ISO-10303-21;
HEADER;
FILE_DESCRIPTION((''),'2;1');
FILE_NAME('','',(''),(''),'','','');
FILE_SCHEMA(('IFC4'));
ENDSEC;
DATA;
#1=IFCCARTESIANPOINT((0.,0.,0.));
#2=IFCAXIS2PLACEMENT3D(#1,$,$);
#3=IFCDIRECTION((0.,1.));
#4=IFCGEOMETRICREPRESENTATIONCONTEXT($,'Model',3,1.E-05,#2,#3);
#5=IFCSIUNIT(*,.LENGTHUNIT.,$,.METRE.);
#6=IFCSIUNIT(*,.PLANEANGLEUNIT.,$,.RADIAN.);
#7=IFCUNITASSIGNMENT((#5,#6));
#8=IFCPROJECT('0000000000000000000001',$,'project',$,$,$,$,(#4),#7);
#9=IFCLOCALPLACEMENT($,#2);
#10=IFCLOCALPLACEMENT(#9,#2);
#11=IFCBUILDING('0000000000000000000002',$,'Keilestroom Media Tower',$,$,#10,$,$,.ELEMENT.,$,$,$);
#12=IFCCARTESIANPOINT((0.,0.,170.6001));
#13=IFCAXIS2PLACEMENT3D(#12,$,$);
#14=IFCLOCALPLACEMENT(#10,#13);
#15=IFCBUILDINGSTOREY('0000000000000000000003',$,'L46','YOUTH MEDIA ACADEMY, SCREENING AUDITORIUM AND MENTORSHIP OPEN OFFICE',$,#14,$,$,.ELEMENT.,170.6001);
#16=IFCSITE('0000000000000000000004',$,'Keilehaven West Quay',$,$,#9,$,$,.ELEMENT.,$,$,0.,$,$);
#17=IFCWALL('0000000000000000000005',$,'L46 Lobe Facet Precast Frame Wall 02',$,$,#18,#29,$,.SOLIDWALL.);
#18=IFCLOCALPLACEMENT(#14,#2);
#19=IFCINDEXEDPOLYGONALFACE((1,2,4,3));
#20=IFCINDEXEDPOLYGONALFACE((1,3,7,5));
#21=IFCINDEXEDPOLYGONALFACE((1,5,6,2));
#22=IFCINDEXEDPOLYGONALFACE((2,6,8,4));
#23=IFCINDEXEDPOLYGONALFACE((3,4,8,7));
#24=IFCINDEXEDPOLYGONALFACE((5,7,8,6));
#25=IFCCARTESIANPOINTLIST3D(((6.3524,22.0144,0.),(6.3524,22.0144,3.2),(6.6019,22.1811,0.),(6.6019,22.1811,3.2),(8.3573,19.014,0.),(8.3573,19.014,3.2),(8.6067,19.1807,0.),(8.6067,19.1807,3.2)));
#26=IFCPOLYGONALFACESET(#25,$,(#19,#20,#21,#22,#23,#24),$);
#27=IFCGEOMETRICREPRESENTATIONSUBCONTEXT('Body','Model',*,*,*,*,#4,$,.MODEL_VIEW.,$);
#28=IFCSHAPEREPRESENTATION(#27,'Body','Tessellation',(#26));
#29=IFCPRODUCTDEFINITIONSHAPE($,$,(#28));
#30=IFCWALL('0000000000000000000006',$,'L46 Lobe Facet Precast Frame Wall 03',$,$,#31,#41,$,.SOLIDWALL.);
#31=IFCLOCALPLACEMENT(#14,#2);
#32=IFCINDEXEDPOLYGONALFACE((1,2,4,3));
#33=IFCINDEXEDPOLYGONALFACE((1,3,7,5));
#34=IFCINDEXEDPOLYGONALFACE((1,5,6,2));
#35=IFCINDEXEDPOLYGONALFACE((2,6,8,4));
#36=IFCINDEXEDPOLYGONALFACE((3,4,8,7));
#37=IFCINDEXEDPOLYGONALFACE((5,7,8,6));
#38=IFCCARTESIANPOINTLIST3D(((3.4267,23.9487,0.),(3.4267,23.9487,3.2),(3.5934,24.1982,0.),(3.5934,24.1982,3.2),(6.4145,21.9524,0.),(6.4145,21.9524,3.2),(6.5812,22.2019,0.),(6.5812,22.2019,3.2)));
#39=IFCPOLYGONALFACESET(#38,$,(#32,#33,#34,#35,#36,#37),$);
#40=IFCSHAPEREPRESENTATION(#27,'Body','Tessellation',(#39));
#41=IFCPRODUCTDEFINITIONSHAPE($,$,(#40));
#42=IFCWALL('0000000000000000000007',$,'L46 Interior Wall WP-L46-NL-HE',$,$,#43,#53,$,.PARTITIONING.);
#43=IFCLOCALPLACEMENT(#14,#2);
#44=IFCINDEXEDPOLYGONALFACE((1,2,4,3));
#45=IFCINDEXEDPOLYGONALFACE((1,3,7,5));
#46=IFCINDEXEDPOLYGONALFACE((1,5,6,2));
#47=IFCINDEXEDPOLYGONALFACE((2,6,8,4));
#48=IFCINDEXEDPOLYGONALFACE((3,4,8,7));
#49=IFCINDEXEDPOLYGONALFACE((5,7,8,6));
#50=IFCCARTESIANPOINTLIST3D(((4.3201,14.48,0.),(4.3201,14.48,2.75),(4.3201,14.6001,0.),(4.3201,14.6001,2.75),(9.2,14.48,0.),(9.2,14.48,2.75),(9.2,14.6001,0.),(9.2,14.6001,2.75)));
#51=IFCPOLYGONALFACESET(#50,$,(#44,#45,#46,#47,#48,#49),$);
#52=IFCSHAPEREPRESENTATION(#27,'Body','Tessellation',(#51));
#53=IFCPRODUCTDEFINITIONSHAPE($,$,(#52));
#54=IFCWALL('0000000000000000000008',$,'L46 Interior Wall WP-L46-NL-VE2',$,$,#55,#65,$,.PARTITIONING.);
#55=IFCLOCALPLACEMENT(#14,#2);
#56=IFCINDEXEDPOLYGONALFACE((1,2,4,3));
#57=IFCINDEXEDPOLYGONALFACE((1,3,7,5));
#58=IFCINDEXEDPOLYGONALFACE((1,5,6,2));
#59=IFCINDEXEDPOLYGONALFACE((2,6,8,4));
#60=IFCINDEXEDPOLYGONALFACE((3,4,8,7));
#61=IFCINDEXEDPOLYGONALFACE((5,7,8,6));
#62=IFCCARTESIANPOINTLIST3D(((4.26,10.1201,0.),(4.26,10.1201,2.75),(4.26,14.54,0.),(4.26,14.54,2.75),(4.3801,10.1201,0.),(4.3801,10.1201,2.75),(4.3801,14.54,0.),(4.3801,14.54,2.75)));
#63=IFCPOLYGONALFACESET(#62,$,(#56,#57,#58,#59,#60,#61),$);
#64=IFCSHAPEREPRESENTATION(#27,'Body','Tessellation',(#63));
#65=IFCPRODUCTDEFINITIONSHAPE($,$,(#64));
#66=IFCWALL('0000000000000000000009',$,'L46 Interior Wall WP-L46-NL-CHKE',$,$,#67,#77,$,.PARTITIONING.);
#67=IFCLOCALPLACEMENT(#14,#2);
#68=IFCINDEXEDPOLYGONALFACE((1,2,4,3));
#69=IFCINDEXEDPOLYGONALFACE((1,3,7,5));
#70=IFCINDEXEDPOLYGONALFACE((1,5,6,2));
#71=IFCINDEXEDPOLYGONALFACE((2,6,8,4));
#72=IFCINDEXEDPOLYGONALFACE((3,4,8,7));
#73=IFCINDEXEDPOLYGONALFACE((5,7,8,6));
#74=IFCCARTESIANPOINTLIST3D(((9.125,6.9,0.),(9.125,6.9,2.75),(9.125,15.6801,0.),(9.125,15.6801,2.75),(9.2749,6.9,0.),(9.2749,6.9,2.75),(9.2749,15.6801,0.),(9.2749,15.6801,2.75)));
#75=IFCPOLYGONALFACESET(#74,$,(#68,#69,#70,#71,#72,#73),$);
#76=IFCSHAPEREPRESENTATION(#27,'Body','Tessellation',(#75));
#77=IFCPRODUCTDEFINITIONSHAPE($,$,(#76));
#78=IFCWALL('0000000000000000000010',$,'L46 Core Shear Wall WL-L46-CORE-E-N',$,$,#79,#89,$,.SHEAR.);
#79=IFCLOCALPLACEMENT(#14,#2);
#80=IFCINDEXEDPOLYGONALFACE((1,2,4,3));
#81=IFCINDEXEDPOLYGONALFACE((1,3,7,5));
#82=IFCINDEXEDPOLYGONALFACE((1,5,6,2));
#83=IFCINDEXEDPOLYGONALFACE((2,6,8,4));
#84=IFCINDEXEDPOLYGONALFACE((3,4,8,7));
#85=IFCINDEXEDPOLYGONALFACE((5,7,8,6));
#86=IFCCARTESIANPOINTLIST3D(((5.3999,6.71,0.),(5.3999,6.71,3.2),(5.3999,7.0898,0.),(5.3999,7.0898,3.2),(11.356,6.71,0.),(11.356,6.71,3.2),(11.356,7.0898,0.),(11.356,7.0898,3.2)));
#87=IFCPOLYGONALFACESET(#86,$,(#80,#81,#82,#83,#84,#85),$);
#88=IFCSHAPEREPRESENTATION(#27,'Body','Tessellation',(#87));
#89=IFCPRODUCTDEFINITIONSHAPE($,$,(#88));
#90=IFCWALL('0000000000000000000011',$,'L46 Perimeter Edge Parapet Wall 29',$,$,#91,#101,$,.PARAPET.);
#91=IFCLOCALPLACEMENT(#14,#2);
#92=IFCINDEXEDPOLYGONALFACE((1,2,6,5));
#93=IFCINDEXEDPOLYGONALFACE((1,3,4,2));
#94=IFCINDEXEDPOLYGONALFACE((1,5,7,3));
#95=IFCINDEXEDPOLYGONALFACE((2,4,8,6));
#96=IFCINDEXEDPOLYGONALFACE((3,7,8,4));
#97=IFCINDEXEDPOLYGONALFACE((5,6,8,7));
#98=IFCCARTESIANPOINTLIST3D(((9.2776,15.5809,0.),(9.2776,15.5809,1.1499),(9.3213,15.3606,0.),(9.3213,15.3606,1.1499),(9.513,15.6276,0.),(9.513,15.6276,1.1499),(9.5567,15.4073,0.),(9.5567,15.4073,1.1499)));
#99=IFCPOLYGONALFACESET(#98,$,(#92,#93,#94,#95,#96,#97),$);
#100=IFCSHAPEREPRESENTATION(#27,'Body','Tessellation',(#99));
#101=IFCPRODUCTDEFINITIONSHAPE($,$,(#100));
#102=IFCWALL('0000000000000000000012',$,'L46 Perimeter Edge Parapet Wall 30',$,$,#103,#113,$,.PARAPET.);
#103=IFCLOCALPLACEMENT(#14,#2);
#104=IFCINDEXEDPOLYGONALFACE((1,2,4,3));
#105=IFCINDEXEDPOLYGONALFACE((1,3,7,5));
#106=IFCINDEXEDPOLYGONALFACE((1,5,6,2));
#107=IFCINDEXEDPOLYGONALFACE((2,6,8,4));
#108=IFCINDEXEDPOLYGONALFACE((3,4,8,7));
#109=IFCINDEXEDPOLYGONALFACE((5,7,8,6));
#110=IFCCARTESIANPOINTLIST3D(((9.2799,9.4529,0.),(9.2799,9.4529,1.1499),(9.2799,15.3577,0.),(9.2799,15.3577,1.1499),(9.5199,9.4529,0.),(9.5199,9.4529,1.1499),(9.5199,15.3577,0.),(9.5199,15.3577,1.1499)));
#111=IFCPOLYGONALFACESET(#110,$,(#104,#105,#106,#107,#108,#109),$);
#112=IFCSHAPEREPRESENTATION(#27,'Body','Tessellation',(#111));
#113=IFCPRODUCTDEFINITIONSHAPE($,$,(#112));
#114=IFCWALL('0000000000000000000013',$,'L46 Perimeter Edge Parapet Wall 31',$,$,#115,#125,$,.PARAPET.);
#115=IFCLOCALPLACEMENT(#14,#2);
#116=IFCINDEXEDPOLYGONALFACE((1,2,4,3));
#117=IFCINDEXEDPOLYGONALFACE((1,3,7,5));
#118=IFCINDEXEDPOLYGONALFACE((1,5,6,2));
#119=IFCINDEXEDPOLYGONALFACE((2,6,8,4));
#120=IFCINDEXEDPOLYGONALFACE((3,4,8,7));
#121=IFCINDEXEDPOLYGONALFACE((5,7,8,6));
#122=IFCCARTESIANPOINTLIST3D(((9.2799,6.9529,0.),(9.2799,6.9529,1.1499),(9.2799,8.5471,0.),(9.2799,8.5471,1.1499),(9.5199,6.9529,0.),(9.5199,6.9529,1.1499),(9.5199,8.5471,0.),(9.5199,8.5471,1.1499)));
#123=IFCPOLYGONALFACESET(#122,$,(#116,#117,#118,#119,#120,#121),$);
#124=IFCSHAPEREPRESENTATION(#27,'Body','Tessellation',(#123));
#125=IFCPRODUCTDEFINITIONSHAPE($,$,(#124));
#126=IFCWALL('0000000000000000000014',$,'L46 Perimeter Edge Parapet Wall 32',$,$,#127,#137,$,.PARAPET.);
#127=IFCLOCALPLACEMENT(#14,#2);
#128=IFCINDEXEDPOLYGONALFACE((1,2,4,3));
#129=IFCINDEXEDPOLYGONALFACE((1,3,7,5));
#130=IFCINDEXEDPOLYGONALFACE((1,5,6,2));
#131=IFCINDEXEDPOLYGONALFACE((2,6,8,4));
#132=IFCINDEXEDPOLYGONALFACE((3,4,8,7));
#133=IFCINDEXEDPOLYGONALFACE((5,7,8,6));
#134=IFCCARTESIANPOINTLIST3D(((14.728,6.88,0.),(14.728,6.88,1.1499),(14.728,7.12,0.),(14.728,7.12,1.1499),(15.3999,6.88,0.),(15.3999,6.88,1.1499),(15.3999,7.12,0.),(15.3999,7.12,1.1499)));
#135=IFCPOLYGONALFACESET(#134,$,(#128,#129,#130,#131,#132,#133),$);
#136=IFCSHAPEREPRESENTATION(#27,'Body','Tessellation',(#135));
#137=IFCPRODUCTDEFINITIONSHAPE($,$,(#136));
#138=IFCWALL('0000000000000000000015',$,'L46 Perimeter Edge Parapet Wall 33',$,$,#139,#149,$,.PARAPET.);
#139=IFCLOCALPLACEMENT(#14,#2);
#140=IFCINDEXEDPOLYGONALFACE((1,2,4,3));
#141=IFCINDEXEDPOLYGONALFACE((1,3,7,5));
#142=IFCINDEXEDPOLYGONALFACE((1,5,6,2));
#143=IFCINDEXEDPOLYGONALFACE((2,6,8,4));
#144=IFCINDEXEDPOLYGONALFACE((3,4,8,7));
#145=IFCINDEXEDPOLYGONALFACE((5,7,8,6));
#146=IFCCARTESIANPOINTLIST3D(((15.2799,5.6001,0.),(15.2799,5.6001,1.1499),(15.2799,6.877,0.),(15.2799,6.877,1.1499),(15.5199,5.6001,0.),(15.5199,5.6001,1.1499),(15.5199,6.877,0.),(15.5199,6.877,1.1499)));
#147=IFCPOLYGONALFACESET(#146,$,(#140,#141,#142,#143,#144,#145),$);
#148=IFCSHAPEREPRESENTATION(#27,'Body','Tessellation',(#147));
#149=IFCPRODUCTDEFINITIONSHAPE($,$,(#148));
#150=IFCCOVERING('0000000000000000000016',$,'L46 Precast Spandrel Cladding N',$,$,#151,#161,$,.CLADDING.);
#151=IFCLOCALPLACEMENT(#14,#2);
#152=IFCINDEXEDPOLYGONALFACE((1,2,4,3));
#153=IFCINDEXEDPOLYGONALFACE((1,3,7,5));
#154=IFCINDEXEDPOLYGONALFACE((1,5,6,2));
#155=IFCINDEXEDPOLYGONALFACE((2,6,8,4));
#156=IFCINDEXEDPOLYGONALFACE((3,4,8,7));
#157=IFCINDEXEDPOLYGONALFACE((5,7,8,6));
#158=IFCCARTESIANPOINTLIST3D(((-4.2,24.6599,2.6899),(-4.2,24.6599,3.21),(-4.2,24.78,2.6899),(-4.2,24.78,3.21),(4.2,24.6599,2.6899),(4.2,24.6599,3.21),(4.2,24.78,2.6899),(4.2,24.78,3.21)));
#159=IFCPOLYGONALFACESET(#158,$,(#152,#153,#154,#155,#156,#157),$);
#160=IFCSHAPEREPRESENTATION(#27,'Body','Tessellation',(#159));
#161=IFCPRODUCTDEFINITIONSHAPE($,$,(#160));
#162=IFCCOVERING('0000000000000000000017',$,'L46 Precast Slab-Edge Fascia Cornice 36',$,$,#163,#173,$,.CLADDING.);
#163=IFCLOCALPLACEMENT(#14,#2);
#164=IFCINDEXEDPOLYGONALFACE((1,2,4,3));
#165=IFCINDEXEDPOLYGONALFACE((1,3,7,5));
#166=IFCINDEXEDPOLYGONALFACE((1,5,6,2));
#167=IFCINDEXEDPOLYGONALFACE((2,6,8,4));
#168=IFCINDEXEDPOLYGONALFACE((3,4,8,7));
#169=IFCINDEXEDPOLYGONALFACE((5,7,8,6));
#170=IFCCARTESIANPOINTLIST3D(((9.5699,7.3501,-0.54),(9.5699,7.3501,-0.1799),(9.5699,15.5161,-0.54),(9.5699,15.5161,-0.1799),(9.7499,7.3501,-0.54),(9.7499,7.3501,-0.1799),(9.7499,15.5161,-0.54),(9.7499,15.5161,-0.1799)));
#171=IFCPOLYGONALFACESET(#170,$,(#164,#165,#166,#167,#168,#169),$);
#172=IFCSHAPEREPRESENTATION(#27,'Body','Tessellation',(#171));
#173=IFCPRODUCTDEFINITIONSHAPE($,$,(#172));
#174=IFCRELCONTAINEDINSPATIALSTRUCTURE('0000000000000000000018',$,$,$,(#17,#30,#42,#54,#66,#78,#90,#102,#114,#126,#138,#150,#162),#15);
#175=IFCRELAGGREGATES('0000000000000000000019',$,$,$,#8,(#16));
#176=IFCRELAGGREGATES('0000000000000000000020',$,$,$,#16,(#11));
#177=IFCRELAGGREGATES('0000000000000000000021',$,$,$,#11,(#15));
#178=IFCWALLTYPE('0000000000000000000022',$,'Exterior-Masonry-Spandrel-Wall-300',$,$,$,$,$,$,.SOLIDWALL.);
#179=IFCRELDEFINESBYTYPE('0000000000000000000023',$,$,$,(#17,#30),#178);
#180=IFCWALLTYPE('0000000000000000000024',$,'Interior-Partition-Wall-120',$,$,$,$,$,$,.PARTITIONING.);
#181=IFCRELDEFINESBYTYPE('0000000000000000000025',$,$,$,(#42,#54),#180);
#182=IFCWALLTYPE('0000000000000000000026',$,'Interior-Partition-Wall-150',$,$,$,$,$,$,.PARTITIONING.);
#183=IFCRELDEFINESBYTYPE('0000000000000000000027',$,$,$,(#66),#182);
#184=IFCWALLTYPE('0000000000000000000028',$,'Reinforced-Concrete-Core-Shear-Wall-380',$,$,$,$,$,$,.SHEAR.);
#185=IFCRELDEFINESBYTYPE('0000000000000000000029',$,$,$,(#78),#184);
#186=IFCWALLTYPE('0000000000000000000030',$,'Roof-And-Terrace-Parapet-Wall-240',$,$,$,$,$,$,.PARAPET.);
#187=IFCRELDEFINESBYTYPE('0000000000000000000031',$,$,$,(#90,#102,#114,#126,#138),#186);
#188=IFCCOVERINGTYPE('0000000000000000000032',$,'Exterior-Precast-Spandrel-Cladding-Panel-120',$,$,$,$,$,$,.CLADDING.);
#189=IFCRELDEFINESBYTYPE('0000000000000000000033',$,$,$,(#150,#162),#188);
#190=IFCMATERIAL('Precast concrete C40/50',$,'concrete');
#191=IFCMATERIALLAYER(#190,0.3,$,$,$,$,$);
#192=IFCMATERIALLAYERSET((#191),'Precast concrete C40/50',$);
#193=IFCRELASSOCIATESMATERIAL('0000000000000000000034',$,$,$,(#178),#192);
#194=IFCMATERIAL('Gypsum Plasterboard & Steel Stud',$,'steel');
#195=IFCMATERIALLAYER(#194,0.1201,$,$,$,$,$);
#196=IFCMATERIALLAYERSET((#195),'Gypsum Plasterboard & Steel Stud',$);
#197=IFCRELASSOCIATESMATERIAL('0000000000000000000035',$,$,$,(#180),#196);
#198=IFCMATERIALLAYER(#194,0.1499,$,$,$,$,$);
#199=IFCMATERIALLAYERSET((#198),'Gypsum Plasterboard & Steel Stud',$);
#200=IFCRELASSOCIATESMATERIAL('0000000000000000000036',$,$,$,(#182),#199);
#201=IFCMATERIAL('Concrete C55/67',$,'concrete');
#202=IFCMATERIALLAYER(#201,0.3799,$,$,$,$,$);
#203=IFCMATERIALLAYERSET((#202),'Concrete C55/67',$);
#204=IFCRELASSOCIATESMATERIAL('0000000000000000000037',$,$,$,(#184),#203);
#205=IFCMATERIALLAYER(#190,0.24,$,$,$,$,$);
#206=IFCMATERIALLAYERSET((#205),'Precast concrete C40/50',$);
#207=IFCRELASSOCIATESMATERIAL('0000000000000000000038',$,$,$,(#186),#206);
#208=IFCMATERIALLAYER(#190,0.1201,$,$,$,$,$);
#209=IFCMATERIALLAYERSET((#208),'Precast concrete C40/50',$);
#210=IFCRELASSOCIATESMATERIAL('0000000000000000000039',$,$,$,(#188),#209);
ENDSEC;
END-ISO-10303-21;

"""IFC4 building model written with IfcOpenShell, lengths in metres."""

from ifc_helpers import new_model, si_unit, direction, frame, frame_2d, origin, origin_2d, place, context, subcontext, project, spatial, rectangle, extrude, source, transform, mapped, material, layer, layer_set, type_object, element, save


model = new_model("IFC4")

# Units and contexts
model_context = context("Model", 3, precision=1e-05, world=origin(), true_north=direction((0.0, 1.0)))
body_context = subcontext(model_context, "Body", "Model", "MODEL_VIEW")
ifc_project = project(units=[si_unit("LENGTHUNIT", "METRE"), si_unit("PLANEANGLEUNIT", "RADIAN")], contexts=[model_context])

# Site, building, storey
site_placement = place(None, origin())
site = spatial("IfcSite", under=ifc_project, at=site_placement, Name="Keilehaven West Quay", CompositionType="ELEMENT", RefElevation=0.0)
building_placement = place(site_placement, origin())
building = spatial("IfcBuilding", under=site, at=building_placement, Name="Keilestroom Media Tower", CompositionType="ELEMENT")
storey_placement = place(building_placement, frame((0.0, 0.0, 170.6001)))
storey = spatial("IfcBuildingStorey", under=building, at=storey_placement, Name="L46", Description="YOUTH MEDIA ACADEMY, SCREENING AUDITORIUM AND MENTORSHIP OPEN OFFICE", CompositionType="ELEMENT", Elevation=170.6001)

# Shared definitions
ifc_material_1 = material(Name="Precast concrete C40/50", Category="concrete")
ifc_material_2 = material(Name="Concrete C55/67", Category="concrete")

# Walls
ifc_layer_1 = layer(ifc_material_1, 0.3)
ifc_layer_set_1 = layer_set([ifc_layer_1], Name="Precast concrete C40/50")
wall_type_1 = type_object("IfcWallType", Name="Exterior-Masonry-Spandrel-Wall-300", PredefinedType="SOLIDWALL", material=ifc_layer_set_1)
for number, where, z_axis, x_axis, name in (
    (1, (8.4819, 19.0974, 0.0), (0.0, 0.0, 1.0), (-0.555574, 0.831467, 0.0), "L46 Lobe Facet Precast Frame Wall 02"),
):
    element("IfcWall", number, at=place(storey_placement, frame(where, z_axis=z_axis, x_axis=x_axis)), inside=storey, type_object=wall_type_1, Name=name, PredefinedType="SOLIDWALL", context=body_context, shape_type="SweptSolid", body=[
        extrude(rectangle(XDim=3.6086, YDim=0.3, at=frame_2d((1.8042, 0.0))), origin(), (0.0, 0.0, 1.0), 3.2),
    ])
wall_1_placement = place(storey_placement, frame((6.4978, 22.0771, 0.0), z_axis=(0.0, 0.0, 1.0), x_axis=(-0.831475, 0.555562, 0.0)))
element("IfcWall", 2, at=wall_1_placement, inside=storey, type_object=wall_type_1, Name="L46 Lobe Facet Precast Frame Wall 03", PredefinedType="SOLIDWALL", context=body_context, shape_type="SweptSolid", body=[
    extrude(rectangle(XDim=3.5933, YDim=0.3, at=frame_2d((1.7966, 0.0))), origin(), (0.0, 0.0, 1.0), 3.2),
])
ifc_material_3 = material(Name="Gypsum Plasterboard & Steel Stud", Category="steel")
ifc_layer_2 = layer(ifc_material_3, 0.1201)
ifc_layer_set_2 = layer_set([ifc_layer_2], Name="Gypsum Plasterboard & Steel Stud")
wall_type_2 = type_object("IfcWallType", Name="Interior-Partition-Wall-120", PredefinedType="PARTITIONING", material=ifc_layer_set_2)
wall_2_placement = place(storey_placement, frame((4.3201, 14.54, 0.0), z_axis=(0.0, 0.0, 1.0), x_axis=(1.0, 0.0, 0.0)))
element("IfcWall", 3, at=wall_2_placement, inside=storey, type_object=wall_type_2, Name="L46 Interior Wall WP-L46-NL-HE", PredefinedType="PARTITIONING", context=body_context, shape_type="SweptSolid", body=[
    extrude(rectangle(XDim=4.8799, YDim=0.1201, at=frame_2d((2.4399, 0.0))), origin(), (0.0, 0.0, 1.0), 2.75),
])
wall_3_placement = place(storey_placement, frame((4.3201, 10.1201, 0.0), z_axis=(0.0, 0.0, 1.0), x_axis=(0.0, 1.0, 0.0)))
element("IfcWall", 4, at=wall_3_placement, inside=storey, type_object=wall_type_2, Name="L46 Interior Wall WP-L46-NL-VE2", PredefinedType="PARTITIONING", context=body_context, shape_type="SweptSolid", body=[
    extrude(rectangle(XDim=4.4199, YDim=0.1201, at=frame_2d((2.21, 0.0))), origin(), (0.0, 0.0, 1.0), 2.75),
])
ifc_layer_3 = layer(ifc_material_3, 0.1499)
ifc_layer_set_3 = layer_set([ifc_layer_3], Name="Gypsum Plasterboard & Steel Stud")
wall_type_3 = type_object("IfcWallType", Name="Interior-Partition-Wall-150", PredefinedType="PARTITIONING", material=ifc_layer_set_3)
wall_4_placement = place(storey_placement, frame((9.2, 6.8999, 0.0), z_axis=(0.0, 0.0, 1.0), x_axis=(0.0, 1.0, 0.0)))
element("IfcWall", 5, at=wall_4_placement, inside=storey, type_object=wall_type_3, Name="L46 Interior Wall WP-L46-NL-CHKE", PredefinedType="PARTITIONING", context=body_context, shape_type="SweptSolid", body=[
    extrude(rectangle(XDim=8.78, YDim=0.1499, at=frame_2d((4.3901, 0.0))), origin(), (0.0, 0.0, 1.0), 2.75),
])
ifc_layer_4 = layer(ifc_material_2, 0.3799)
ifc_layer_set_4 = layer_set([ifc_layer_4], Name="Concrete C55/67")
wall_type_4 = type_object("IfcWallType", Name="Reinforced-Concrete-Core-Shear-Wall-380", PredefinedType="SHEAR", material=ifc_layer_set_4)
wall_5_placement = place(storey_placement, frame((5.3999, 6.8999, 0.0), z_axis=(0.0, 0.0, 1.0), x_axis=(1.0, 0.0, 0.0)))
element("IfcWall", 6, at=wall_5_placement, inside=storey, type_object=wall_type_4, Name="L46 Core Shear Wall WL-L46-CORE-E-N", PredefinedType="SHEAR", context=body_context, shape_type="SweptSolid", body=[
    extrude(rectangle(XDim=5.9561, YDim=0.3799, at=frame_2d((2.978, 0.0))), origin(), (0.0, 0.0, 1.0), 3.2),
])
ifc_layer_5 = layer(ifc_material_1, 0.24)
ifc_layer_set_5 = layer_set([ifc_layer_5], Name="Precast concrete C40/50")
wall_type_5 = type_object("IfcWallType", Name="Roof-And-Terrace-Parapet-Wall-240", PredefinedType="PARAPET", material=ifc_layer_set_5)
wall_6_placement = place(storey_placement, frame((9.3953, 15.6042, 0.0), z_axis=(0.0, 0.0, 1.0), x_axis=(0.194652, -0.980872, 0.0)))
element("IfcWall", 7, at=wall_6_placement, inside=storey, type_object=wall_type_5, Name="L46 Perimeter Edge Parapet Wall 29", PredefinedType="PARAPET", context=body_context, shape_type="SweptSolid", body=[
    extrude(rectangle(XDim=0.2246, YDim=0.24, at=frame_2d((0.1123, 0.0))), origin(), (0.0, 0.0, 1.0), 1.1499),
])
wall_7_placement = place(storey_placement, frame((9.3999, 15.3577, 0.0), z_axis=(0.0, 0.0, 1.0), x_axis=(0.0, -1.0, 0.0)))
element("IfcWall", 8, at=wall_7_placement, inside=storey, type_object=wall_type_5, Name="L46 Perimeter Edge Parapet Wall 30", PredefinedType="PARAPET", context=body_context, shape_type="SweptSolid", body=[
    extrude(rectangle(XDim=5.9048, YDim=0.24, at=frame_2d((2.9524, 0.0))), origin(), (0.0, 0.0, 1.0), 1.1499),
])
wall_8_placement = place(storey_placement, frame((9.3999, 8.5471, 0.0), z_axis=(0.0, 0.0, 1.0), x_axis=(0.0, -1.0, 0.0)))
element("IfcWall", 9, at=wall_8_placement, inside=storey, type_object=wall_type_5, Name="L46 Perimeter Edge Parapet Wall 31", PredefinedType="PARAPET", context=body_context, shape_type="SweptSolid", body=[
    extrude(rectangle(XDim=1.5942, YDim=0.24, at=frame_2d((0.7971, 0.0))), origin(), (0.0, 0.0, 1.0), 1.1499),
])
wall_9_placement = place(storey_placement, frame((14.728, 7.0, 0.0), z_axis=(0.0, 0.0, 1.0), x_axis=(1.0, 0.0, 0.0)))
element("IfcWall", 10, at=wall_9_placement, inside=storey, type_object=wall_type_5, Name="L46 Perimeter Edge Parapet Wall 32", PredefinedType="PARAPET", context=body_context, shape_type="SweptSolid", body=[
    extrude(rectangle(XDim=0.6719, YDim=0.24, at=frame_2d((0.3359, 0.0))), origin(), (0.0, 0.0, 1.0), 1.1499),
])
wall_10_placement = place(storey_placement, frame((15.3999, 6.877, 0.0), z_axis=(0.0, 0.0, 1.0), x_axis=(0.0, -1.0, 0.0)))
element("IfcWall", 11, at=wall_10_placement, inside=storey, type_object=wall_type_5, Name="L46 Perimeter Edge Parapet Wall 33", PredefinedType="PARAPET", context=body_context, shape_type="SweptSolid", body=[
    extrude(rectangle(XDim=1.2769, YDim=0.24, at=frame_2d((0.6384, 0.0))), origin(), (0.0, 0.0, 1.0), 1.1499),
])

# Coverings
ifc_layer_6 = layer(ifc_material_1, 0.1201)
ifc_layer_set_6 = layer_set([ifc_layer_6], Name="Precast concrete C40/50")
covering_type = type_object("IfcCoveringType", Name="Exterior-Precast-Spandrel-Cladding-Panel-120", PredefinedType="CLADDING", material=ifc_layer_set_6)
shared_shape_1 = source(origin(), body_context, "Body", "SweptSolid", [
    extrude(rectangle(XDim=8.3999, YDim=0.1201, at=origin_2d()), origin(), (0.0, 0.0, 1.0), 0.52),
])
covering_1_placement = place(storey_placement, frame((0.0, 24.72, 2.6899), z_axis=(0.0, 0.0, 1.0), x_axis=(1.0, 0.0, 0.0)))
element("IfcCovering", 12, at=covering_1_placement, inside=storey, type_object=covering_type, Name="L46 Precast Spandrel Cladding N", PredefinedType="CLADDING", context=body_context, shape_type="MappedRepresentation", body=[
    mapped(shared_shape_1, transform((0.0, 0.0, 0.0), x_axis=(1.0, 0.0, 0.0), y_axis=(0.0, 1.0, 0.0), z_axis=(0.0, 0.0, 1.0), scale=1.0)),
])
shared_shape_2 = source(origin(), body_context, "Body", "SweptSolid", [
    extrude(rectangle(XDim=8.166, YDim=0.1799, at=origin_2d()), origin(), (0.0, 0.0, 1.0), 0.3601),
])
covering_2_placement = place(storey_placement, frame((9.6599, 11.4331, -0.54), z_axis=(0.0, 0.0, 1.0), x_axis=(0.0, -1.0, 0.0)))
element("IfcCovering", 13, at=covering_2_placement, inside=storey, type_object=covering_type, Name="L46 Precast Slab-Edge Fascia Cornice 36", PredefinedType="CLADDING", context=body_context, shape_type="MappedRepresentation", body=[
    mapped(shared_shape_2, transform((0.0, 0.0, 0.0), x_axis=(1.0, 0.0, 0.0), y_axis=(0.0, 1.0, 0.0), z_axis=(0.0, 0.0, 1.0), scale=1.0)),
])

save(model, "model.ifc")
